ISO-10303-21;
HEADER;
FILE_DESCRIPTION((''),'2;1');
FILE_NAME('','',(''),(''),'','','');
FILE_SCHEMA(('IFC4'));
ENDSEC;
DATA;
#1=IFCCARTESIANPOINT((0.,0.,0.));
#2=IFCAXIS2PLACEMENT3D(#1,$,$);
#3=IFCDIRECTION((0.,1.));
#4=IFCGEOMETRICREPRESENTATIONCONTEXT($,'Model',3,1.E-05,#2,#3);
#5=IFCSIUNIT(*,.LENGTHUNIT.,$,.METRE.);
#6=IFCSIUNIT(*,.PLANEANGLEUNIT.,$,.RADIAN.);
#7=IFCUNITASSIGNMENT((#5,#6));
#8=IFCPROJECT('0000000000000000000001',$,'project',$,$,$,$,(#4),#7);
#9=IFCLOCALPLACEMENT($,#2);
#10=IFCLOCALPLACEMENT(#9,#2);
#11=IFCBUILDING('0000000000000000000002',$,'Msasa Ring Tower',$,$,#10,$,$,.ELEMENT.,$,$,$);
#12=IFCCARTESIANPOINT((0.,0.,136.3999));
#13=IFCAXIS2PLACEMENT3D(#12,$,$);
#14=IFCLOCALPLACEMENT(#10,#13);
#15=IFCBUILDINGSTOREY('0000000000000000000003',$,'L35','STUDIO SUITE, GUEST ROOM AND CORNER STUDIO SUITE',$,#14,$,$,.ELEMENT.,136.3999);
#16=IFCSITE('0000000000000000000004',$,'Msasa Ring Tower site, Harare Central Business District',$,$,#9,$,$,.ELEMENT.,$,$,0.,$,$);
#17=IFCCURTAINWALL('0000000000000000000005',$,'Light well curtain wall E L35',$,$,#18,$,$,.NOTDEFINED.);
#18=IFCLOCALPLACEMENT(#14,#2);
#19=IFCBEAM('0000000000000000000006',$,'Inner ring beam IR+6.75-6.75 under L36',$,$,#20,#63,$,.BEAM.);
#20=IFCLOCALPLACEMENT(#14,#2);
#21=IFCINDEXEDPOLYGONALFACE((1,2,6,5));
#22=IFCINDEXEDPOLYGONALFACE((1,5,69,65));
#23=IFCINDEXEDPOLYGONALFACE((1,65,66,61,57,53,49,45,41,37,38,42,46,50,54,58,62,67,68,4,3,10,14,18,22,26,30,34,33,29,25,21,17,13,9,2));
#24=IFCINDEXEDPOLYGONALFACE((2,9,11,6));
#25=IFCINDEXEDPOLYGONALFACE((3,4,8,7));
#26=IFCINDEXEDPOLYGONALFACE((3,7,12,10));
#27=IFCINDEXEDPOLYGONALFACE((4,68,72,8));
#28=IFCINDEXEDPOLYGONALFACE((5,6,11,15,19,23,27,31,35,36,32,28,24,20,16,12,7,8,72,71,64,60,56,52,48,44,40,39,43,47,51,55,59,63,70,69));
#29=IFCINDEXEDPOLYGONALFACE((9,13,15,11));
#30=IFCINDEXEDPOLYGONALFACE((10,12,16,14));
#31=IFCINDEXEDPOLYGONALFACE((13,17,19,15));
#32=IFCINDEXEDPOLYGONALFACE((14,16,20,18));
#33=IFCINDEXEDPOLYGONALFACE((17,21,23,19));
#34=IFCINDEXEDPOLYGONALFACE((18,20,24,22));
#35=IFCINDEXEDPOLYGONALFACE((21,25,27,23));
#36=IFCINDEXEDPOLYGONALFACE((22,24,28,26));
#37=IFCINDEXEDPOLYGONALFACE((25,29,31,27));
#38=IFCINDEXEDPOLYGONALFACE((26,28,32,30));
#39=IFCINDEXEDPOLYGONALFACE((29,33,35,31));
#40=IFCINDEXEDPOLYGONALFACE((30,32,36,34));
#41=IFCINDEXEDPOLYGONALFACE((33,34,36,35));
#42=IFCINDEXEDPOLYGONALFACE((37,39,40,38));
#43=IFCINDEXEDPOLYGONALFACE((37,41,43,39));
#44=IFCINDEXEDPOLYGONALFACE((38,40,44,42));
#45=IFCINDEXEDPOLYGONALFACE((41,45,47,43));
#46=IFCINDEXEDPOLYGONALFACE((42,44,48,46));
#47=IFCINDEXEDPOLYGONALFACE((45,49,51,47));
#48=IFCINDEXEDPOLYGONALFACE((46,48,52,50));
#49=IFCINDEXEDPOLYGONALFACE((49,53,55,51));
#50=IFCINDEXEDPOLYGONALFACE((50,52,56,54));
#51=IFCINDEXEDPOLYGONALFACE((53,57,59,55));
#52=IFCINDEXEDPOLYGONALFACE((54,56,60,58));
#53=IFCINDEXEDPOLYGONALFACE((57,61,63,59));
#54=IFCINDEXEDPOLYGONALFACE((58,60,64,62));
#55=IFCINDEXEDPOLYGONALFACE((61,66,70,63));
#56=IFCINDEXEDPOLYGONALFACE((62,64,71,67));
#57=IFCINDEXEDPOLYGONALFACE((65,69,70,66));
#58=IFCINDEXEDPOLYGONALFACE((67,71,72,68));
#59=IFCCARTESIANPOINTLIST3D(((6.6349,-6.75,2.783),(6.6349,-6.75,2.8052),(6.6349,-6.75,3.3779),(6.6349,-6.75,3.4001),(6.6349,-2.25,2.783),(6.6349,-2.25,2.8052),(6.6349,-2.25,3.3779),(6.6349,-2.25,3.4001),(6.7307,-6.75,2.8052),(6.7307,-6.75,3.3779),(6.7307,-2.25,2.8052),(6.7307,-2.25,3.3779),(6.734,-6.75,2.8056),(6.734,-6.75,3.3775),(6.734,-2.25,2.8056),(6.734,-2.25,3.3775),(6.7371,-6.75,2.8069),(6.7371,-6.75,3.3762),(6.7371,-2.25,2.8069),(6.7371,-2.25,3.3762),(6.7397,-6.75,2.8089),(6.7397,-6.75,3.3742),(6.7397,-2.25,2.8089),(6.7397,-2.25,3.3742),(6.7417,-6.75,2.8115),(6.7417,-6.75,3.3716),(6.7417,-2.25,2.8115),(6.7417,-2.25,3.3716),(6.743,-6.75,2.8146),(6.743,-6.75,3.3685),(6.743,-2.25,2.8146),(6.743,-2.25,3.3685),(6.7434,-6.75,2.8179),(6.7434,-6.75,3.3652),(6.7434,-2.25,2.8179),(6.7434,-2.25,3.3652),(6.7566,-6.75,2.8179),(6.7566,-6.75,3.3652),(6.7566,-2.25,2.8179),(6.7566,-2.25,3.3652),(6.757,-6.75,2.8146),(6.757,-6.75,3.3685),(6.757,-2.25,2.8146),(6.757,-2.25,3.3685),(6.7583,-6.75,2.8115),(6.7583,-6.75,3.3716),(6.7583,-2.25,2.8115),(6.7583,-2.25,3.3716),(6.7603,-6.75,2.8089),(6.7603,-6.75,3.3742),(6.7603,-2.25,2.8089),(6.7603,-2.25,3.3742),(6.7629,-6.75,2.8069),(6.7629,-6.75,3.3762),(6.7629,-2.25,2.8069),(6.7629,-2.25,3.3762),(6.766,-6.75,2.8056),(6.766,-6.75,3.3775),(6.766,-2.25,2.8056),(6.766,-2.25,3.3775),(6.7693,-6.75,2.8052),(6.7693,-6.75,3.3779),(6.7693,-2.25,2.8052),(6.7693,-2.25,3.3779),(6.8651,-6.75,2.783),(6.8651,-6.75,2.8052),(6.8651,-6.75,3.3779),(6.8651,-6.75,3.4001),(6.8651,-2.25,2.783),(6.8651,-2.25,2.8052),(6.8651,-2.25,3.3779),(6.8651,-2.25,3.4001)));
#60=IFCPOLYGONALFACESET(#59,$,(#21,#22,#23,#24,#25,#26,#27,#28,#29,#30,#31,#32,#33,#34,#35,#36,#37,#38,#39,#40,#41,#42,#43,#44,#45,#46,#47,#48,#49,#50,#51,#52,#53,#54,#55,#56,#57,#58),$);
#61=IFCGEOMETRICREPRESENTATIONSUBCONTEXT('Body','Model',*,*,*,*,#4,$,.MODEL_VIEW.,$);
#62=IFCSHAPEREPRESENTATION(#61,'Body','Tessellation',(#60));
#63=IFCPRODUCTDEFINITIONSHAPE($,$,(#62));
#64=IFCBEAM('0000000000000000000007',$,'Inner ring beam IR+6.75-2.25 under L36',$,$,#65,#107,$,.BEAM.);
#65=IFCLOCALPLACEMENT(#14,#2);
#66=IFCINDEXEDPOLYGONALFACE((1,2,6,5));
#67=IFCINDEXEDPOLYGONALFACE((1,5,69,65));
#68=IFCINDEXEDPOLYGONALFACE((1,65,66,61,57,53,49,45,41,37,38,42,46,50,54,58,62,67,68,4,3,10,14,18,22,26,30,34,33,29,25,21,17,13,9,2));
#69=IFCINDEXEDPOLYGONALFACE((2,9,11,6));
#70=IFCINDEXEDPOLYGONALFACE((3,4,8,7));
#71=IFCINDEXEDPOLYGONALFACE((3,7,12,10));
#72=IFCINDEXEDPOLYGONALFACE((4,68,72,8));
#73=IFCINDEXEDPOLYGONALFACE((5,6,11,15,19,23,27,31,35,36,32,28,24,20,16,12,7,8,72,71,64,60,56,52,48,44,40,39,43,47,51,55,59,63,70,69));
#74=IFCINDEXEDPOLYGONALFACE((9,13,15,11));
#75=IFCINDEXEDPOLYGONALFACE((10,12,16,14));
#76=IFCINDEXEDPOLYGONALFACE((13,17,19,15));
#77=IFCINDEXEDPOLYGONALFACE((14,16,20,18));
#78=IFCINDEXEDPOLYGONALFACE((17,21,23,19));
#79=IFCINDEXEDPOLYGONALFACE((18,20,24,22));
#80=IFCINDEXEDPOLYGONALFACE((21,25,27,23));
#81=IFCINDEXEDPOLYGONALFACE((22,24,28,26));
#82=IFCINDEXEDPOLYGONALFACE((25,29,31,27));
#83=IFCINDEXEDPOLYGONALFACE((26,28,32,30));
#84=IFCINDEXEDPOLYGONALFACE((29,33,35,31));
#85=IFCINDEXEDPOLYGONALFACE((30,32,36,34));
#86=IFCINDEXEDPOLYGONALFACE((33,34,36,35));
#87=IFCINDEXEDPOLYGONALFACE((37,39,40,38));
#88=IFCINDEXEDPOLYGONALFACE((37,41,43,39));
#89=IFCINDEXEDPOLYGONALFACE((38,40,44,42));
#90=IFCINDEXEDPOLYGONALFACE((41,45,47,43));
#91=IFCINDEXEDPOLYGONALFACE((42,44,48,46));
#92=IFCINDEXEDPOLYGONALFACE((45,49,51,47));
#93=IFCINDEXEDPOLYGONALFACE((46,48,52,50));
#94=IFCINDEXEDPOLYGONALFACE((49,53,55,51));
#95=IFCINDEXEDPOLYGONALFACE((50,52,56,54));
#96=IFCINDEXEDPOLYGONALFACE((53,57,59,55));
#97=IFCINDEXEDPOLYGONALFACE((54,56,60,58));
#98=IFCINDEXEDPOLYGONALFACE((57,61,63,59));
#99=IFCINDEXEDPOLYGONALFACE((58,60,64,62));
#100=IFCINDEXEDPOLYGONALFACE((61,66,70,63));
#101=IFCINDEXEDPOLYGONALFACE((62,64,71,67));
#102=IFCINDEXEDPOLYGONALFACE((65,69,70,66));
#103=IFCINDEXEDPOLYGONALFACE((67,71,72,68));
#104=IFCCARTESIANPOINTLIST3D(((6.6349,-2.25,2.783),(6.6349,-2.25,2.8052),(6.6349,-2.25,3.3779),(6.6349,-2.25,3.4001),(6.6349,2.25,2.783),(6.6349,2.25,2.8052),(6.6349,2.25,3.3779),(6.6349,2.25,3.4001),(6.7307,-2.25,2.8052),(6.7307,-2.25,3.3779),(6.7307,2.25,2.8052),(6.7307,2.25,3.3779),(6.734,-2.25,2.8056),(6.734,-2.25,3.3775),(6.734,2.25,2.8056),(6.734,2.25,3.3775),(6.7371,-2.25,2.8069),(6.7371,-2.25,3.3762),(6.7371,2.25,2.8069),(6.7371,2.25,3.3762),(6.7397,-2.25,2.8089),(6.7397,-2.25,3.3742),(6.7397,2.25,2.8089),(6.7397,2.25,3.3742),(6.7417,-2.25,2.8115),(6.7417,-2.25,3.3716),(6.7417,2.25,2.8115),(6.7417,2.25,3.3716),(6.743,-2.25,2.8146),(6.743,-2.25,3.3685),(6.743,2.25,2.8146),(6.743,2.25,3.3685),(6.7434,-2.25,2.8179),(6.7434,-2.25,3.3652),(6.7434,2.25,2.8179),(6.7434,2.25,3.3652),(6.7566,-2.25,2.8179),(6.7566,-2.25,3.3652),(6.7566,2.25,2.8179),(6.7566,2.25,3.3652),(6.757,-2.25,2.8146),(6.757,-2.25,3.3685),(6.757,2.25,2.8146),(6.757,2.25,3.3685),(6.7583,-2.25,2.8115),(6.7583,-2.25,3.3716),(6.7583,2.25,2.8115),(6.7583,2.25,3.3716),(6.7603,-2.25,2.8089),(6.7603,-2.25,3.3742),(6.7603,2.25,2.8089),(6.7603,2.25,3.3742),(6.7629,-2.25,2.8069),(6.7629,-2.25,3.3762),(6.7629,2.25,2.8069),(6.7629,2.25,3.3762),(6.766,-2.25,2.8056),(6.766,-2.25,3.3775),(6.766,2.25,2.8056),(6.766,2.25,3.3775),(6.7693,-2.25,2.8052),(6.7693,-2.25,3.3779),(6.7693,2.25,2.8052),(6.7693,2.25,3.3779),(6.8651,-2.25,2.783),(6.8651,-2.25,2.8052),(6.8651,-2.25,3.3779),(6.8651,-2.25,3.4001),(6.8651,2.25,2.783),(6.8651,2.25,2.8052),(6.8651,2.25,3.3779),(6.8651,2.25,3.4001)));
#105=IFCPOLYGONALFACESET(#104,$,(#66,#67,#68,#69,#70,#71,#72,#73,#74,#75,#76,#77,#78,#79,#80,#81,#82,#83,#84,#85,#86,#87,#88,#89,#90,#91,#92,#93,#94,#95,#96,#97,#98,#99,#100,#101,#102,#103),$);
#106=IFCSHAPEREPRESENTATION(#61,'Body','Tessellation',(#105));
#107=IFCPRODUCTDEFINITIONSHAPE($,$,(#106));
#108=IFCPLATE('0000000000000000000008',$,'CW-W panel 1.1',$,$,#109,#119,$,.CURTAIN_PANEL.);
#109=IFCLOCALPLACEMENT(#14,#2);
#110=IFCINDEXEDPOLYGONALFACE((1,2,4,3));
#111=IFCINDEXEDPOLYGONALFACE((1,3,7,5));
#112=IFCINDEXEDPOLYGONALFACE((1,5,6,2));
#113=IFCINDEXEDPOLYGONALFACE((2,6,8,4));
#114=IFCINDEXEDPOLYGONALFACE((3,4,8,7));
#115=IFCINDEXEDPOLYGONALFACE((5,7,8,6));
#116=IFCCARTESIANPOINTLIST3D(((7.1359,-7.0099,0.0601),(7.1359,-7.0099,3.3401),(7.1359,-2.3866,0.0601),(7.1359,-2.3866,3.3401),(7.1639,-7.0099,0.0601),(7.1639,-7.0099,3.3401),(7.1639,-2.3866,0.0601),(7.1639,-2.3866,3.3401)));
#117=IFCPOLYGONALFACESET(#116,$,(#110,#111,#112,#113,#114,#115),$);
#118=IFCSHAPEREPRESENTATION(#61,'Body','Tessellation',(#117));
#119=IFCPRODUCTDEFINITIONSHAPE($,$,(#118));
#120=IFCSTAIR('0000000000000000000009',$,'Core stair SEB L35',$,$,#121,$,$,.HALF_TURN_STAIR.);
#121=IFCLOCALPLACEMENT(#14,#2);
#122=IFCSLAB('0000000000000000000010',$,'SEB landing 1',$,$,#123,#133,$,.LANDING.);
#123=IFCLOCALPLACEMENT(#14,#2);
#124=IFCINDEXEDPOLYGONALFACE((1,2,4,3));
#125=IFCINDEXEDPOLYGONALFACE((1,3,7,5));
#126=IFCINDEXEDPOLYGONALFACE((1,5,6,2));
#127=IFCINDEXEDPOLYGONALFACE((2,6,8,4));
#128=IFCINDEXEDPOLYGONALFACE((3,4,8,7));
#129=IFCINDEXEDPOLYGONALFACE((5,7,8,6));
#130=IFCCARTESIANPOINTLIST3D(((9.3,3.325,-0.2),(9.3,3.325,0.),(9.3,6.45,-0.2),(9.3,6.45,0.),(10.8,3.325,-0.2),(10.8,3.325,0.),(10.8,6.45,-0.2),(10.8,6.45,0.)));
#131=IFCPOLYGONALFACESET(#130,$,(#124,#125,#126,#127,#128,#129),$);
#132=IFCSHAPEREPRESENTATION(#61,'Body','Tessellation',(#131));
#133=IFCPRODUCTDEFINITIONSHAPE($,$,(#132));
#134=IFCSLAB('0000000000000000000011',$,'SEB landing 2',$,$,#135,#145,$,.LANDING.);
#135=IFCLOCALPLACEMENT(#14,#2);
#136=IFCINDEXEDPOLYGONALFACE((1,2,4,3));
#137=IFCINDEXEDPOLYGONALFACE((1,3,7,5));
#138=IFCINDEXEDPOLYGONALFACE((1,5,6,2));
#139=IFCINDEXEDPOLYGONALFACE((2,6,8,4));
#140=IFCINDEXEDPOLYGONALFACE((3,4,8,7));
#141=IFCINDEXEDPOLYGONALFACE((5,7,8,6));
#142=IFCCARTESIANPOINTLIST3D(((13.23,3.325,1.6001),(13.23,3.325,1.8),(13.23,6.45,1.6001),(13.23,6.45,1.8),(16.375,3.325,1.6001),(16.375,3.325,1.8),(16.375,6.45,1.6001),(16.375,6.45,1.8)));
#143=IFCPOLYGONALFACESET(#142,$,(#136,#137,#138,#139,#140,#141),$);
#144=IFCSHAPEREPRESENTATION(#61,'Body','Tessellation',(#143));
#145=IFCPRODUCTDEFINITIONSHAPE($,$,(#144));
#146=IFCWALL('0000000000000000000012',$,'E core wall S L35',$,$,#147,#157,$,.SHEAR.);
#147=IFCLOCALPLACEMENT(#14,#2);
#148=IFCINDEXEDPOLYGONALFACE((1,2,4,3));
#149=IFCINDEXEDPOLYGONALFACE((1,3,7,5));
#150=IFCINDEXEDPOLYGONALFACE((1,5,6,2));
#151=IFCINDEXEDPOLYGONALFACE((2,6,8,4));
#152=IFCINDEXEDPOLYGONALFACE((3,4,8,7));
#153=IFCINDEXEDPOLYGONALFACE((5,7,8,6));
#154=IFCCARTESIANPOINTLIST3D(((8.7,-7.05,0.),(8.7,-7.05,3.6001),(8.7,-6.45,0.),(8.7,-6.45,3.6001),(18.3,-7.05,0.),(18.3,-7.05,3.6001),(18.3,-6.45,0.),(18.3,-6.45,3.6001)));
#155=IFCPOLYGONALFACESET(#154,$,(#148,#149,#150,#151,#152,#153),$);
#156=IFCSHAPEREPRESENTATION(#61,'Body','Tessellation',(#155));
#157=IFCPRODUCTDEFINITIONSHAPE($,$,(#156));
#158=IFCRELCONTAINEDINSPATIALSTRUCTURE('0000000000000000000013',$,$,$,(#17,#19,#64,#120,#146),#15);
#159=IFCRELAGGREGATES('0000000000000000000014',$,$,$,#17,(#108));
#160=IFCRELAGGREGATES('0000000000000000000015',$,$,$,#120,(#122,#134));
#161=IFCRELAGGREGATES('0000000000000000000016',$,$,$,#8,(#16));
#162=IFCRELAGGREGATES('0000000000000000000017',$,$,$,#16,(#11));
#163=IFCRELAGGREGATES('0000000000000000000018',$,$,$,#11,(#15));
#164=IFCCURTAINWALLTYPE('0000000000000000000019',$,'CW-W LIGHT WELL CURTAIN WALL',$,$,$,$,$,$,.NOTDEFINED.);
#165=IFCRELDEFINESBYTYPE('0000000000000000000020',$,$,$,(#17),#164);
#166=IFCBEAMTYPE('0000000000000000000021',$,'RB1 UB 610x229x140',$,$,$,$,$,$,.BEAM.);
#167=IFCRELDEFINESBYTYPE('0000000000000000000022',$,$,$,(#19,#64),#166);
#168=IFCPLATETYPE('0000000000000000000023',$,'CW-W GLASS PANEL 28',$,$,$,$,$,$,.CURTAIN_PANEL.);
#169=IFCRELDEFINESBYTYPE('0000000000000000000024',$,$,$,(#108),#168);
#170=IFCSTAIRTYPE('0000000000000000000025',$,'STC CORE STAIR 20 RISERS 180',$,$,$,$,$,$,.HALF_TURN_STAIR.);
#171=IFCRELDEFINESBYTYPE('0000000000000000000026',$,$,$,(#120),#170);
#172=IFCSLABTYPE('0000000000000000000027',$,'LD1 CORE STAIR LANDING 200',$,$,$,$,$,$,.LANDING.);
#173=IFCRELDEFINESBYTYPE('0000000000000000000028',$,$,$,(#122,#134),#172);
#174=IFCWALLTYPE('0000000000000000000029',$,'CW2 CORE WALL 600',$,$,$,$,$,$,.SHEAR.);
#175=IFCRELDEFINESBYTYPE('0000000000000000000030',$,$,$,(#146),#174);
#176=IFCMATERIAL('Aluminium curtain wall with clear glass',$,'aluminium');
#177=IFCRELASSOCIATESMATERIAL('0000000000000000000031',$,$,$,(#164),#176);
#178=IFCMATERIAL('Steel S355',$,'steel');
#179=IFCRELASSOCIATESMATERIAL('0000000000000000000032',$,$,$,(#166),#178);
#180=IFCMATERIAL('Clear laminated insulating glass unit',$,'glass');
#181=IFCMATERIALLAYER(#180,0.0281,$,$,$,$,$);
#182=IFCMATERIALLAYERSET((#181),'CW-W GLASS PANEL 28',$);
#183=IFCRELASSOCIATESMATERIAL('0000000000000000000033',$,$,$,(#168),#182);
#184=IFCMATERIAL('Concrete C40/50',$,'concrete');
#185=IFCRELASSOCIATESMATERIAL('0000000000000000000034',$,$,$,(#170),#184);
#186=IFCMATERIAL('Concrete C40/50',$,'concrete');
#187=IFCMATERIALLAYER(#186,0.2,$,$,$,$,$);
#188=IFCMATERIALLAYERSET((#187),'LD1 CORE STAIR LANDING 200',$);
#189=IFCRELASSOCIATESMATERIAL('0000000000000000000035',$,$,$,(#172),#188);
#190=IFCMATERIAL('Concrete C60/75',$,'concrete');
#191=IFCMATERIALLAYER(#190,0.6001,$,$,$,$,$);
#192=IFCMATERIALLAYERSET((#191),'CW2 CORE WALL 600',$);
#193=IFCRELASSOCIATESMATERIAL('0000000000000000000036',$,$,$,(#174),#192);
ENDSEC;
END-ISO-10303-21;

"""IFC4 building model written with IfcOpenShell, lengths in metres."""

from ifc_helpers import new_model, si_unit, direction, frame, frame_2d, origin, origin_2d, place, context, subcontext, project, spatial, polyline, rectangle, i_section, outline, extrude, material, layer, layer_set, material_profile, profile_set, type_object, element, aggregate, save


model = new_model("IFC4")

# Units and contexts
model_context = context("Model", 3, precision=1e-05, world=origin(), true_north=direction((0.0, 1.0)))
body_context = subcontext(model_context, "Body", "Model", "MODEL_VIEW")
ifc_project = project(units=[si_unit("LENGTHUNIT", "METRE"), si_unit("PLANEANGLEUNIT", "RADIAN")], contexts=[model_context])

# Site, building, storey
site_placement = place(None, origin())
site = spatial("IfcSite", under=ifc_project, at=site_placement, Name="Msasa Ring Tower site, Harare Central Business District", CompositionType="ELEMENT", RefElevation=0.0)
building_placement = place(site_placement, origin())
building = spatial("IfcBuilding", under=site, at=building_placement, Name="Msasa Ring Tower", CompositionType="ELEMENT")
storey_placement = place(building_placement, frame((0.0, 0.0, 136.3999)))
storey = spatial("IfcBuildingStorey", under=building, at=storey_placement, Name="L35", Description="STUDIO SUITE, GUEST ROOM AND CORNER STUDIO SUITE", CompositionType="ELEMENT", Elevation=136.3999)

# Shared definitions
ifc_material_1 = material(Name="Aluminium curtain wall with clear glass", Category="aluminium")
curtain_wall_type = type_object("IfcCurtainWallType", Name="CW-W LIGHT WELL CURTAIN WALL", PredefinedType="NOTDEFINED", material=ifc_material_1)

# Curtain wall
curtain_wall_1_placement = place(storey_placement, origin())
curtain_wall_1 = element("IfcCurtainWall", 1, at=curtain_wall_1_placement, inside=storey, type_object=curtain_wall_type, Name="Light well curtain wall E L35", PredefinedType="NOTDEFINED")

# Beams
ifc_material_2 = material(Name="Steel S355", Category="steel")
ifc_material_profile_1 = material_profile(ifc_material_2, i_section(OverallWidth=0.2302, OverallDepth=0.6172, WebThickness=0.0132, FlangeThickness=0.0222, FilletRadius=0.0127, at=origin_2d()), Name="UB 610x229x140")
ifc_profile_set_1 = profile_set([ifc_material_profile_1], Name="Steel S355")
beam_type = type_object("IfcBeamType", Name="RB1 UB 610x229x140", PredefinedType="BEAM", material=ifc_profile_set_1)
for number, where, z_axis, x_axis, name in (
    (2, (6.75, -6.75, 3.0916), (0.0, 1.0, 0.0), (-1.0, 0.0, 0.0), "Inner ring beam IR+6.75-6.75 under L36"),
    (3, (6.75, -2.25, 3.0916), (0.0, 1.0, 0.0), (-1.0, 0.0, 0.0), "Inner ring beam IR+6.75-2.25 under L36"),
):
    element("IfcBeam", number, at=place(storey_placement, frame(where, z_axis=z_axis, x_axis=x_axis)), inside=storey, type_object=beam_type, Name=name, PredefinedType="BEAM", context=body_context, shape_type="SweptSolid", body=[
        extrude(i_section(OverallWidth=0.2302, OverallDepth=0.6172, WebThickness=0.0132, FlangeThickness=0.0222, FilletRadius=0.0127, at=origin_2d()), origin(), (0.0, 0.0, 1.0), 4.5),
    ])

# Plate
ifc_material_3 = material(Name="Clear laminated insulating glass unit", Category="glass")
ifc_layer_1 = layer(ifc_material_3, 0.0281)
ifc_layer_set_1 = layer_set([ifc_layer_1], Name="CW-W GLASS PANEL 28")
plate_type = type_object("IfcPlateType", Name="CW-W GLASS PANEL 28", PredefinedType="CURTAIN_PANEL", material=ifc_layer_set_1)
plate_placement = place(storey_placement, frame((7.1499, -4.6982, 0.0601), z_axis=(0.0, 0.0, 1.0), x_axis=(0.0, 1.0, 0.0)))
plate = element("IfcPlate", 4, at=plate_placement, type_object=plate_type, Name="CW-W panel 1.1", PredefinedType="CURTAIN_PANEL", context=body_context, shape_type="SweptSolid", body=[
    extrude(rectangle(XDim=4.6233, YDim=0.0281, at=origin_2d()), origin(), (0.0, 0.0, 1.0), 3.28),
])
aggregate(curtain_wall_1, [plate])

# Stair, slabs
ifc_material_4 = material(Name="Concrete C40/50", Category="concrete")
stair_type = type_object("IfcStairType", Name="STC CORE STAIR 20 RISERS 180", PredefinedType="HALF_TURN_STAIR", material=ifc_material_4)
stair_1_placement = place(storey_placement, origin())
stair_1 = element("IfcStair", 5, at=stair_1_placement, inside=storey, type_object=stair_type, Name="Core stair SEB L35", PredefinedType="HALF_TURN_STAIR")
ifc_material_5 = material(Name="Concrete C40/50", Category="concrete")
ifc_layer_2 = layer(ifc_material_5, 0.2)
ifc_layer_set_2 = layer_set([ifc_layer_2], Name="LD1 CORE STAIR LANDING 200")
slab_type = type_object("IfcSlabType", Name="LD1 CORE STAIR LANDING 200", PredefinedType="LANDING", material=ifc_layer_set_2)
slab_1_placement = place(storey_placement, frame((0.0, 0.0, -0.2)))
slab_1 = element("IfcSlab", 6, at=slab_1_placement, type_object=slab_type, Name="SEB landing 1", PredefinedType="LANDING", context=body_context, shape_type="SweptSolid", body=[
    extrude(outline(polyline([(9.3, 3.325), (10.8, 3.325), (10.8, 6.45), (9.3, 6.45), (9.3, 3.325)])), origin(), (0.0, 0.0, 1.0), 0.2),
])
slab_2_placement = place(storey_placement, frame((0.0, 0.0, 1.6001)))
slab_2 = element("IfcSlab", 7, at=slab_2_placement, type_object=slab_type, Name="SEB landing 2", PredefinedType="LANDING", context=body_context, shape_type="SweptSolid", body=[
    extrude(outline(polyline([(13.23, 3.325), (16.375, 3.325), (16.375, 6.45), (13.23, 6.45), (13.23, 3.325)])), origin(), (0.0, 0.0, 1.0), 0.2),
])
aggregate(stair_1, [slab_1, slab_2])

# Wall
ifc_material_6 = material(Name="Concrete C60/75", Category="concrete")
ifc_layer_3 = layer(ifc_material_6, 0.6001)
ifc_layer_set_3 = layer_set([ifc_layer_3], Name="CW2 CORE WALL 600")
wall_type_1 = type_object("IfcWallType", Name="CW2 CORE WALL 600", PredefinedType="SHEAR", material=ifc_layer_set_3)
wall_1_placement = place(storey_placement, frame((8.7, -6.75, 0.0), z_axis=(0.0, 0.0, 1.0), x_axis=(1.0, 0.0, 0.0)))
element("IfcWall", 8, at=wall_1_placement, inside=storey, type_object=wall_type_1, Name="E core wall S L35", PredefinedType="SHEAR", context=body_context, shape_type="SweptSolid", body=[
    extrude(rectangle(XDim=9.6001, YDim=0.6001, at=frame_2d((4.8, 0.0))), origin(), (0.0, 0.0, 1.0), 3.6001),
])

save(model, "model.ifc")
